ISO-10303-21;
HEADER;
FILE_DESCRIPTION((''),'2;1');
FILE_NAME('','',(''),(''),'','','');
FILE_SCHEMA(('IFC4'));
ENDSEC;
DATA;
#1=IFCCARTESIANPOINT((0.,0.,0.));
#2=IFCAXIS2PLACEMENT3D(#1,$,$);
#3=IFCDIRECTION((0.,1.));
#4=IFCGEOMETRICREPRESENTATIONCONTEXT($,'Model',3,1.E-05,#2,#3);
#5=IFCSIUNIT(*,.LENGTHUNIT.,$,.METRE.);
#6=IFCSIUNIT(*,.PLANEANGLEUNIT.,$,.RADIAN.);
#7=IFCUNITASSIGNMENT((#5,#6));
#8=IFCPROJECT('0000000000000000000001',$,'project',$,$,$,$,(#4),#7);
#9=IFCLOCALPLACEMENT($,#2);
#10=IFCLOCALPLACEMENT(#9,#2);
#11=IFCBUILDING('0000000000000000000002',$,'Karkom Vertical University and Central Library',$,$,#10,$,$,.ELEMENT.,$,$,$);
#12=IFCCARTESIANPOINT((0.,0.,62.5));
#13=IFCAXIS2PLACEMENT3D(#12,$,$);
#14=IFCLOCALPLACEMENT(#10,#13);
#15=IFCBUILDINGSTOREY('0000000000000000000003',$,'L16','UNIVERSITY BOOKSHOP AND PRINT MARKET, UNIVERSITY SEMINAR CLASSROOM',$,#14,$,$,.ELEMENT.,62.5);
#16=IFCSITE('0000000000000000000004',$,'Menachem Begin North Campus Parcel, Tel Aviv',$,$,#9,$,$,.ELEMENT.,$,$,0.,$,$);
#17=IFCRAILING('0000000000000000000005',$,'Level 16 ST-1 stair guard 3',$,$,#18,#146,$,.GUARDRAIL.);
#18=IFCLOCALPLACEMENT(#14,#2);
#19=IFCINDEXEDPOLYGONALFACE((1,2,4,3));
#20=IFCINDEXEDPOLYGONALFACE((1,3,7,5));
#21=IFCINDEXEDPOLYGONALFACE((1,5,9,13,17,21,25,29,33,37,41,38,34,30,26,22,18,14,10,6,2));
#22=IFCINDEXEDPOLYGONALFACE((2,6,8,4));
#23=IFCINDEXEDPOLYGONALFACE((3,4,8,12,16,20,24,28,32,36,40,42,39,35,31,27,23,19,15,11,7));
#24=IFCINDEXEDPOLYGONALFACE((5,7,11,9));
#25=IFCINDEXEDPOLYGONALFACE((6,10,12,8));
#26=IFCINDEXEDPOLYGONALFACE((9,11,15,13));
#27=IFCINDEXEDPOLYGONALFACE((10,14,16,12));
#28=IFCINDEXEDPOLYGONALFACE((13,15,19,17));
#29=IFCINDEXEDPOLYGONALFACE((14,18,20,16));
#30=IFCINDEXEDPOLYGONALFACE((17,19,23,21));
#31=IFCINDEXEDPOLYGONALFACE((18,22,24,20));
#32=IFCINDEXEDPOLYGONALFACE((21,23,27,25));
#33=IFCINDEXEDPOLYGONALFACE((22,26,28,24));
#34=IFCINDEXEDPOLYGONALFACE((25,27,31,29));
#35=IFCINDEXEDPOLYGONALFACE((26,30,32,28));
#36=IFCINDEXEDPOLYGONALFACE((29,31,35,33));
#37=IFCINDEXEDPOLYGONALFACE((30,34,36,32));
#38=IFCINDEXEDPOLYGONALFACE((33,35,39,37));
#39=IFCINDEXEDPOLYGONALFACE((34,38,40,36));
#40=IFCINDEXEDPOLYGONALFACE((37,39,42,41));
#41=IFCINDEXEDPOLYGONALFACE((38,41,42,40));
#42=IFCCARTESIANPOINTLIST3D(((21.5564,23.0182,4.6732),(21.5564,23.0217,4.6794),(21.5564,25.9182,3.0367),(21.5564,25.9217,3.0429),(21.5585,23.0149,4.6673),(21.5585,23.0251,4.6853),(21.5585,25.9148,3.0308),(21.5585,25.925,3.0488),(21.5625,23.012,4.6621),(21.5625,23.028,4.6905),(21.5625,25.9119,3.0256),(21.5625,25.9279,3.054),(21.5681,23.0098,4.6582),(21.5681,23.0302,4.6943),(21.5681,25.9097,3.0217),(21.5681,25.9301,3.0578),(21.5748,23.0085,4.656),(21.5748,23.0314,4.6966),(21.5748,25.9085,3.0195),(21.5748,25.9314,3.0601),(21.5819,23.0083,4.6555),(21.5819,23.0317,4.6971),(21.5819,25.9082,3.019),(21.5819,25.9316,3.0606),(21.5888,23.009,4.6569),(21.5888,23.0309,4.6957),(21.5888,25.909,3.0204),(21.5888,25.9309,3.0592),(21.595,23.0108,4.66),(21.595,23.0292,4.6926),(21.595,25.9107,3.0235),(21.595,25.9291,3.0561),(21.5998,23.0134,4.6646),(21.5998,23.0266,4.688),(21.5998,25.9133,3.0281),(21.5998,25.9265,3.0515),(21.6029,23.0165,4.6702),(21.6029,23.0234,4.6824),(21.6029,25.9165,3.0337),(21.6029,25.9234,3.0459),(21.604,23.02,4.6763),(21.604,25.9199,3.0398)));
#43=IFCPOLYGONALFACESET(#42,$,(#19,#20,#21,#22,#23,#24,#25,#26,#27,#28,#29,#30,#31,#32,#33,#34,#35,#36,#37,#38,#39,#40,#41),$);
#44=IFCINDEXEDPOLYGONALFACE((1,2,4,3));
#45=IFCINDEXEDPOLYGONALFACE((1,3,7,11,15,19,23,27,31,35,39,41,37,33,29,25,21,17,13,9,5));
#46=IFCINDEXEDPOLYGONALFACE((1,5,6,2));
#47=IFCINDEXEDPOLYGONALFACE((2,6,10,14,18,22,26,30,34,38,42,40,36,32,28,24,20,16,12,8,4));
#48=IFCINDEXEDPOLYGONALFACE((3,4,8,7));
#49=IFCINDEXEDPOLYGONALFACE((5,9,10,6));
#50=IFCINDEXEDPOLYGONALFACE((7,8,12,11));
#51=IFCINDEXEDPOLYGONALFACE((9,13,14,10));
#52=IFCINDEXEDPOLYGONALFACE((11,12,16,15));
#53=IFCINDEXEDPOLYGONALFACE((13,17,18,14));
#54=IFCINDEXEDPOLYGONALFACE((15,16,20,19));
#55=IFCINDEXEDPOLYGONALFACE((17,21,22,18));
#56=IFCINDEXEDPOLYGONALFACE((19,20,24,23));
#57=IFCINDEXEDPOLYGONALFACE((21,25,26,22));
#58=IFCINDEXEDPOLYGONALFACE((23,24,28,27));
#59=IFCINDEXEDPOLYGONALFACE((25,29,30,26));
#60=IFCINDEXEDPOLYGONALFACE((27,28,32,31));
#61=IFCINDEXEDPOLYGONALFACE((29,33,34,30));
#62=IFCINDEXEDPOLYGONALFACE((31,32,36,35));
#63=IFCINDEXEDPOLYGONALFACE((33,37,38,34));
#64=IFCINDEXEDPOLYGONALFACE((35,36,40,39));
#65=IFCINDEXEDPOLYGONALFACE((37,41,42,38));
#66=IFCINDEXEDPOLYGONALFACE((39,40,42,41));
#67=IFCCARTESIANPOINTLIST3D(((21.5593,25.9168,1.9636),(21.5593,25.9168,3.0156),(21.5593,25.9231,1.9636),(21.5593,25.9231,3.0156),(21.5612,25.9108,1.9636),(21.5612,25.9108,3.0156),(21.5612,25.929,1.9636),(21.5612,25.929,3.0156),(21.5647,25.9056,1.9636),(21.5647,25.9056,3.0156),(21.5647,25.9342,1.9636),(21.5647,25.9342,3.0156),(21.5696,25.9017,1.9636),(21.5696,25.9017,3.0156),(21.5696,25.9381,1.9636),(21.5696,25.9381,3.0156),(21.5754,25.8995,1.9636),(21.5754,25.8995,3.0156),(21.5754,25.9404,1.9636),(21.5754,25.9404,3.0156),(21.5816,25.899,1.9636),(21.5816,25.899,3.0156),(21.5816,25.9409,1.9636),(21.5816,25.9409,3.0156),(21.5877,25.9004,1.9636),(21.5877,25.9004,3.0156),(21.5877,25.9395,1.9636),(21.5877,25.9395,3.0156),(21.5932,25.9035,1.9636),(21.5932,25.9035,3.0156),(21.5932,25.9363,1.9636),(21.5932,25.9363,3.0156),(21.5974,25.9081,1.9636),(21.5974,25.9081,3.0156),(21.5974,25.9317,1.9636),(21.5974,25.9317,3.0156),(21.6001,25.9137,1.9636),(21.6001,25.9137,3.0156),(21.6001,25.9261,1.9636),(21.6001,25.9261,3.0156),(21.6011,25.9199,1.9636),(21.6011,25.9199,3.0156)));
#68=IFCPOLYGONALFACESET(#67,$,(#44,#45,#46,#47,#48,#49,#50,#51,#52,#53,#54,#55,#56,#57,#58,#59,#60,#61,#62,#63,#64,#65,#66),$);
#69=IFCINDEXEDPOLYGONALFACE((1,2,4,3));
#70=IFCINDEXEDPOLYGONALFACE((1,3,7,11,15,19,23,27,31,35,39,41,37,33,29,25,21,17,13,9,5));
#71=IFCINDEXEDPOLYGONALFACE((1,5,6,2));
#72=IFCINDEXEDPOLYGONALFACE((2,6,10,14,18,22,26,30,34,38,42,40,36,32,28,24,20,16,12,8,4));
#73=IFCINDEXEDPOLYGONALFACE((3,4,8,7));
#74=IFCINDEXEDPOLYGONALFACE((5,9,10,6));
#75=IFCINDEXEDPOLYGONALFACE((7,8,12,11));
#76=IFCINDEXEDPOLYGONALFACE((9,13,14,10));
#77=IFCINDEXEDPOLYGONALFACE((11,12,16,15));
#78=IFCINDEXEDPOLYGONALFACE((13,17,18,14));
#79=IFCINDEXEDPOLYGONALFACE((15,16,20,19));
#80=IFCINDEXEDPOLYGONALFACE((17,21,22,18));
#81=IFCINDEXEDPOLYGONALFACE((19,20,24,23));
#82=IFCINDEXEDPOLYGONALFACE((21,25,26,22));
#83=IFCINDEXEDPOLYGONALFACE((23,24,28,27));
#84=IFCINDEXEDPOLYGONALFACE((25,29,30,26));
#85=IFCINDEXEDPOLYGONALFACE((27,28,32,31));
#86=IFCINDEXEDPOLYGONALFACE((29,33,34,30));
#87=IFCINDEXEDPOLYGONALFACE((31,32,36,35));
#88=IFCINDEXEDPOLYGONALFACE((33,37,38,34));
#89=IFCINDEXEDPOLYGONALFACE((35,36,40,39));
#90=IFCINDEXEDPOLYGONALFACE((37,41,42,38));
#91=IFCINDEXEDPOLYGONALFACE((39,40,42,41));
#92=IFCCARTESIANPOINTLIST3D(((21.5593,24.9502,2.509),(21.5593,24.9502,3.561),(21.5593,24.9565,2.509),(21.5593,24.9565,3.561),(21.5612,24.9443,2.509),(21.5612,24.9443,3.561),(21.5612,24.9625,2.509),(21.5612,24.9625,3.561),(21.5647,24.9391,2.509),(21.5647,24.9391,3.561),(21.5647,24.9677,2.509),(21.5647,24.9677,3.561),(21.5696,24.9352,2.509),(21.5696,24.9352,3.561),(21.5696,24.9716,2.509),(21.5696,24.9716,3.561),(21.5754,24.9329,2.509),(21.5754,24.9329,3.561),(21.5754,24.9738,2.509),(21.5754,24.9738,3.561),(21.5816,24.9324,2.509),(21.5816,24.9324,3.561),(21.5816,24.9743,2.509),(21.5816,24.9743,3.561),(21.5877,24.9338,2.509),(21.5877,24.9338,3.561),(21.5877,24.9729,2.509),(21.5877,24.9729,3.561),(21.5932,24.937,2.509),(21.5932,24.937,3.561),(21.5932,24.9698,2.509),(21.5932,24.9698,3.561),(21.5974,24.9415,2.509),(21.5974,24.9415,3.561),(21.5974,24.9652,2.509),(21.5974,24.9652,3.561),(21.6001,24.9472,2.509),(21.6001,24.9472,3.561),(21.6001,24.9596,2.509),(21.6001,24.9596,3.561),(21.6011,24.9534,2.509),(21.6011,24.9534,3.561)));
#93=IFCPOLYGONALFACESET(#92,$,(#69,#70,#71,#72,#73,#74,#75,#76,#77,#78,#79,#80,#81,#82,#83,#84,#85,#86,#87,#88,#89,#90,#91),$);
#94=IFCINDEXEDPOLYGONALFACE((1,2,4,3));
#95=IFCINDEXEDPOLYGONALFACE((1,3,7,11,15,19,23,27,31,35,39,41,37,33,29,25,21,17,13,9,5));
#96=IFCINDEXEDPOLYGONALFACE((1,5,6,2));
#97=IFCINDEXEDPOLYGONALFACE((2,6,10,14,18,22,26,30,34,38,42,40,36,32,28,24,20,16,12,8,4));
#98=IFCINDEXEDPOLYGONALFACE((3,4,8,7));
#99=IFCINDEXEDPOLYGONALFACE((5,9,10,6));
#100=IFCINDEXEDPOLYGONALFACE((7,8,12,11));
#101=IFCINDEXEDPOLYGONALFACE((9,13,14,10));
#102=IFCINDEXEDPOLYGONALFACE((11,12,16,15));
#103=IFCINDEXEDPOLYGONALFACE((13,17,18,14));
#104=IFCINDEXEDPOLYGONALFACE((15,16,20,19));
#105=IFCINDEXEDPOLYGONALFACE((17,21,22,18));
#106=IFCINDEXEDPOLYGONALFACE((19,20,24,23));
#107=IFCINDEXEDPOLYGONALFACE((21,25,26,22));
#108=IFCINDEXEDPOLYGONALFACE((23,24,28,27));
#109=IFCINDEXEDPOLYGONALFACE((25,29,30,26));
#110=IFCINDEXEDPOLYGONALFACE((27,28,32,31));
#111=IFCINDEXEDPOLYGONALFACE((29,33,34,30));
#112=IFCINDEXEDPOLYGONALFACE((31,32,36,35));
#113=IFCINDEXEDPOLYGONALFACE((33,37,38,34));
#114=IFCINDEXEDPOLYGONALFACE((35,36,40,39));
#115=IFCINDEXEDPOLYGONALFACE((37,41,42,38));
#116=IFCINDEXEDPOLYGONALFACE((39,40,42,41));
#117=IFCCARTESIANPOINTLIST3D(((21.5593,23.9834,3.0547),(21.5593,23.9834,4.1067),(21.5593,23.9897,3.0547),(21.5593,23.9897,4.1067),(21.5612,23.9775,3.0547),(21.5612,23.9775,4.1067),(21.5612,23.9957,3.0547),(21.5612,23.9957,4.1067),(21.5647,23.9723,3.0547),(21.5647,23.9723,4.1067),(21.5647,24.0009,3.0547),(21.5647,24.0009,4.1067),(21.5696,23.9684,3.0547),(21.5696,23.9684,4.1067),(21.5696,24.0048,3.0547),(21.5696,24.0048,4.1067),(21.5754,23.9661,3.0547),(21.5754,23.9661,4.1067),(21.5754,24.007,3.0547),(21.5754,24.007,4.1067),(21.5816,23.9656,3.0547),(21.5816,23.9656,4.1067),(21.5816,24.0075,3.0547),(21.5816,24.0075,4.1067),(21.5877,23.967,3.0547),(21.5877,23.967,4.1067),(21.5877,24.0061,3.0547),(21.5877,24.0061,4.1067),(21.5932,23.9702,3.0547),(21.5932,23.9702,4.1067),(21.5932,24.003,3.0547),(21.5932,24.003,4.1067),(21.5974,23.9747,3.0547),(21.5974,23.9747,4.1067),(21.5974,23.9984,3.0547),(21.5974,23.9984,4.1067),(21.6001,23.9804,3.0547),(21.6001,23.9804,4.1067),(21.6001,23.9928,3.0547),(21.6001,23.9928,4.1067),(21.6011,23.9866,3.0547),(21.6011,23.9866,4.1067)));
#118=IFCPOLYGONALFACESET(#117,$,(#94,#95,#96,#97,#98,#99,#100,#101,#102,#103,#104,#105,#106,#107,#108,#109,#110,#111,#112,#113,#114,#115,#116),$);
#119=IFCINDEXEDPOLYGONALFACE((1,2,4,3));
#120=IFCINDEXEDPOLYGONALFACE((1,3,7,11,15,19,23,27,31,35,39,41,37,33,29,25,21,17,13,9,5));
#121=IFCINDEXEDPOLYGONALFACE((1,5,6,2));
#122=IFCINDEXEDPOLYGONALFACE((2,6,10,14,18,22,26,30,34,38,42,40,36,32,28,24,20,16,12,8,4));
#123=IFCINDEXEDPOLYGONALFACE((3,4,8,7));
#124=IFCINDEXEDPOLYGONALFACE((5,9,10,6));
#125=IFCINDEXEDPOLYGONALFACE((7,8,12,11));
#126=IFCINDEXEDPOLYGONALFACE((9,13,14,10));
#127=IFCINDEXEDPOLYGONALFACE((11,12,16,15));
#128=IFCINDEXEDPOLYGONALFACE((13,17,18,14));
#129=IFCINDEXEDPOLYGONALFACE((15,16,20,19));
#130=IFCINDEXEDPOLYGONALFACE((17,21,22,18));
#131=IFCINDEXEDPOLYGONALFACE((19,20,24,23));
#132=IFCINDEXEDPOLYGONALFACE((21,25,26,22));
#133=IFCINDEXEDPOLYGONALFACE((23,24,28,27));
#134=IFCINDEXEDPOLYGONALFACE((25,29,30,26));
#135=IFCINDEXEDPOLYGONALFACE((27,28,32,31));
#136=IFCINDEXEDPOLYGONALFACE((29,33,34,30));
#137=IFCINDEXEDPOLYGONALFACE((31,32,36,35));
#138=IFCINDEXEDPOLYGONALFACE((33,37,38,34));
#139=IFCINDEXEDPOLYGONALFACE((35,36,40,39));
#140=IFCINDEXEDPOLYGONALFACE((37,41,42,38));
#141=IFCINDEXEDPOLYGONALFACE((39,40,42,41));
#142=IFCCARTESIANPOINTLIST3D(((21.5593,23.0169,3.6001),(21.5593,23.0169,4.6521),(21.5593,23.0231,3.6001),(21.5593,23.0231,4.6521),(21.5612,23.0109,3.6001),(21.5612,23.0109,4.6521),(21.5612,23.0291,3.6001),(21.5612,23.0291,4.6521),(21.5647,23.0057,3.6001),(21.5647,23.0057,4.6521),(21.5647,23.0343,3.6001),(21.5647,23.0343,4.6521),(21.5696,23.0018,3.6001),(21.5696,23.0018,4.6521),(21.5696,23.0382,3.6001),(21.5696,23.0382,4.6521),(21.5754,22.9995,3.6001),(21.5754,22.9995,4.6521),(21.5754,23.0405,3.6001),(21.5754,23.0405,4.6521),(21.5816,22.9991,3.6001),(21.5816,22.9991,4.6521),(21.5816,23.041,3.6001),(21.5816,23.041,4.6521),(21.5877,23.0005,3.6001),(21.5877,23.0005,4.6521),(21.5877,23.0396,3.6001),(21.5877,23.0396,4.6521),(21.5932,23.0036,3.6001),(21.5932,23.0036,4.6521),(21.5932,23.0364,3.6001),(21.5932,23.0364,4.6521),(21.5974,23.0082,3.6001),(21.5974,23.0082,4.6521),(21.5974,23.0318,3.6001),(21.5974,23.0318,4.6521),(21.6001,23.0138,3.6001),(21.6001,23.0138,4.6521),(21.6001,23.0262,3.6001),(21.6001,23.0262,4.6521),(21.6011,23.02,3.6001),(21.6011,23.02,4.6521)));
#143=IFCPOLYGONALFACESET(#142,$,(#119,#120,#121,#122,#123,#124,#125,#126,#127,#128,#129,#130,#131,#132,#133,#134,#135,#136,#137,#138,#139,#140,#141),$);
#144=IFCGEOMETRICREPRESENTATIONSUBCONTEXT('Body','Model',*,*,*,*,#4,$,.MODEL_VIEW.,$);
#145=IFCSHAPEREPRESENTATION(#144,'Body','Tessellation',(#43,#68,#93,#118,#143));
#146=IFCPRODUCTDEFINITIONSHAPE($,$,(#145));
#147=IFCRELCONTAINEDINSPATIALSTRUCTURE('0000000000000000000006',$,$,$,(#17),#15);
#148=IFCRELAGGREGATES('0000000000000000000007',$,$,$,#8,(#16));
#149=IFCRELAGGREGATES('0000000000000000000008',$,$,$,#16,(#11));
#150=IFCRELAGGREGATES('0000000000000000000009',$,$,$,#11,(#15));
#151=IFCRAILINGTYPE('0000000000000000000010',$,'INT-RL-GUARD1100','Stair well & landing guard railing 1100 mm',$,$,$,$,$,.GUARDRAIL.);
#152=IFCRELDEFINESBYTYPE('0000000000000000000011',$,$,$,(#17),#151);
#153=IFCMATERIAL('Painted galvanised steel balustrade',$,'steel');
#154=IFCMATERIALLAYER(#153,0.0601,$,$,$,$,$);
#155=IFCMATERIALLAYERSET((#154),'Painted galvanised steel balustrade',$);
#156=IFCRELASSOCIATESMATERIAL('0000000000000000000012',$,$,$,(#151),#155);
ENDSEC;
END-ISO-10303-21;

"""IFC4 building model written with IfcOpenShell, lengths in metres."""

from ifc_helpers import new_model, si_unit, direction, frame, origin, origin_2d, place, context, subcontext, project, spatial, circle, extrude, material, layer, layer_set, type_object, element, save


model = new_model("IFC4")

# Units and contexts
model_context = context("Model", 3, precision=1e-05, world=origin(), true_north=direction((0.0, 1.0)))
body_context = subcontext(model_context, "Body", "Model", "MODEL_VIEW")
ifc_project = project(units=[si_unit("LENGTHUNIT", "METRE"), si_unit("PLANEANGLEUNIT", "RADIAN")], contexts=[model_context])

# Site, building, storey
site_placement = place(None, origin())
site = spatial("IfcSite", under=ifc_project, at=site_placement, Name="Menachem Begin North Campus Parcel, Tel Aviv", CompositionType="ELEMENT", RefElevation=0.0)
building_placement = place(site_placement, origin())
building = spatial("IfcBuilding", under=site, at=building_placement, Name="Karkom Vertical University and Central Library", CompositionType="ELEMENT")
storey_placement = place(building_placement, frame((0.0, 0.0, 62.5)))
storey = spatial("IfcBuildingStorey", under=building, at=storey_placement, Name="L16", Description="UNIVERSITY BOOKSHOP AND PRINT MARKET, UNIVERSITY SEMINAR CLASSROOM", CompositionType="ELEMENT", Elevation=62.5)

# Railing
ifc_material_1 = material(Name="Painted galvanised steel balustrade", Category="steel")
ifc_layer_1 = layer(ifc_material_1, 0.0601)
ifc_layer_set_1 = layer_set([ifc_layer_1], Name="Painted galvanised steel balustrade")
railing_type_1 = type_object("IfcRailingType", Name="INT-RL-GUARD1100", Description="Stair well & landing guard railing 1100 mm", PredefinedType="GUARDRAIL", material=ifc_layer_set_1)
railing_1_placement = place(storey_placement, frame((21.5801, 25.9199, 1.9636)))
element("IfcRailing", 1, at=railing_1_placement, inside=storey, type_object=railing_type_1, Name="Level 16 ST-1 stair guard 3", PredefinedType="GUARDRAIL", context=body_context, shape_type="SweptSolid", body=[
    extrude(circle(Radius=0.0239, at=origin_2d()), frame((0.0, 0.0, 1.0762), z_axis=(0.0, -0.870897, 0.491465), x_axis=(1.0, 0.0, 0.0)), (0.0, 0.0, 1.0), 3.3298),
    extrude(circle(Radius=0.021, at=origin_2d()), origin(), (0.0, 0.0, 1.0), 1.052),
    extrude(circle(Radius=0.021, at=origin_2d()), frame((0.0, -0.9666, 0.5454)), (0.0, 0.0, 1.0), 1.052),
    extrude(circle(Radius=0.021, at=origin_2d()), frame((0.0, -1.9333, 1.0911)), (0.0, 0.0, 1.0), 1.052),
    extrude(circle(Radius=0.021, at=origin_2d()), frame((0.0, -2.8999, 1.6365)), (0.0, 0.0, 1.0), 1.052),
])

save(model, "model.ifc")
